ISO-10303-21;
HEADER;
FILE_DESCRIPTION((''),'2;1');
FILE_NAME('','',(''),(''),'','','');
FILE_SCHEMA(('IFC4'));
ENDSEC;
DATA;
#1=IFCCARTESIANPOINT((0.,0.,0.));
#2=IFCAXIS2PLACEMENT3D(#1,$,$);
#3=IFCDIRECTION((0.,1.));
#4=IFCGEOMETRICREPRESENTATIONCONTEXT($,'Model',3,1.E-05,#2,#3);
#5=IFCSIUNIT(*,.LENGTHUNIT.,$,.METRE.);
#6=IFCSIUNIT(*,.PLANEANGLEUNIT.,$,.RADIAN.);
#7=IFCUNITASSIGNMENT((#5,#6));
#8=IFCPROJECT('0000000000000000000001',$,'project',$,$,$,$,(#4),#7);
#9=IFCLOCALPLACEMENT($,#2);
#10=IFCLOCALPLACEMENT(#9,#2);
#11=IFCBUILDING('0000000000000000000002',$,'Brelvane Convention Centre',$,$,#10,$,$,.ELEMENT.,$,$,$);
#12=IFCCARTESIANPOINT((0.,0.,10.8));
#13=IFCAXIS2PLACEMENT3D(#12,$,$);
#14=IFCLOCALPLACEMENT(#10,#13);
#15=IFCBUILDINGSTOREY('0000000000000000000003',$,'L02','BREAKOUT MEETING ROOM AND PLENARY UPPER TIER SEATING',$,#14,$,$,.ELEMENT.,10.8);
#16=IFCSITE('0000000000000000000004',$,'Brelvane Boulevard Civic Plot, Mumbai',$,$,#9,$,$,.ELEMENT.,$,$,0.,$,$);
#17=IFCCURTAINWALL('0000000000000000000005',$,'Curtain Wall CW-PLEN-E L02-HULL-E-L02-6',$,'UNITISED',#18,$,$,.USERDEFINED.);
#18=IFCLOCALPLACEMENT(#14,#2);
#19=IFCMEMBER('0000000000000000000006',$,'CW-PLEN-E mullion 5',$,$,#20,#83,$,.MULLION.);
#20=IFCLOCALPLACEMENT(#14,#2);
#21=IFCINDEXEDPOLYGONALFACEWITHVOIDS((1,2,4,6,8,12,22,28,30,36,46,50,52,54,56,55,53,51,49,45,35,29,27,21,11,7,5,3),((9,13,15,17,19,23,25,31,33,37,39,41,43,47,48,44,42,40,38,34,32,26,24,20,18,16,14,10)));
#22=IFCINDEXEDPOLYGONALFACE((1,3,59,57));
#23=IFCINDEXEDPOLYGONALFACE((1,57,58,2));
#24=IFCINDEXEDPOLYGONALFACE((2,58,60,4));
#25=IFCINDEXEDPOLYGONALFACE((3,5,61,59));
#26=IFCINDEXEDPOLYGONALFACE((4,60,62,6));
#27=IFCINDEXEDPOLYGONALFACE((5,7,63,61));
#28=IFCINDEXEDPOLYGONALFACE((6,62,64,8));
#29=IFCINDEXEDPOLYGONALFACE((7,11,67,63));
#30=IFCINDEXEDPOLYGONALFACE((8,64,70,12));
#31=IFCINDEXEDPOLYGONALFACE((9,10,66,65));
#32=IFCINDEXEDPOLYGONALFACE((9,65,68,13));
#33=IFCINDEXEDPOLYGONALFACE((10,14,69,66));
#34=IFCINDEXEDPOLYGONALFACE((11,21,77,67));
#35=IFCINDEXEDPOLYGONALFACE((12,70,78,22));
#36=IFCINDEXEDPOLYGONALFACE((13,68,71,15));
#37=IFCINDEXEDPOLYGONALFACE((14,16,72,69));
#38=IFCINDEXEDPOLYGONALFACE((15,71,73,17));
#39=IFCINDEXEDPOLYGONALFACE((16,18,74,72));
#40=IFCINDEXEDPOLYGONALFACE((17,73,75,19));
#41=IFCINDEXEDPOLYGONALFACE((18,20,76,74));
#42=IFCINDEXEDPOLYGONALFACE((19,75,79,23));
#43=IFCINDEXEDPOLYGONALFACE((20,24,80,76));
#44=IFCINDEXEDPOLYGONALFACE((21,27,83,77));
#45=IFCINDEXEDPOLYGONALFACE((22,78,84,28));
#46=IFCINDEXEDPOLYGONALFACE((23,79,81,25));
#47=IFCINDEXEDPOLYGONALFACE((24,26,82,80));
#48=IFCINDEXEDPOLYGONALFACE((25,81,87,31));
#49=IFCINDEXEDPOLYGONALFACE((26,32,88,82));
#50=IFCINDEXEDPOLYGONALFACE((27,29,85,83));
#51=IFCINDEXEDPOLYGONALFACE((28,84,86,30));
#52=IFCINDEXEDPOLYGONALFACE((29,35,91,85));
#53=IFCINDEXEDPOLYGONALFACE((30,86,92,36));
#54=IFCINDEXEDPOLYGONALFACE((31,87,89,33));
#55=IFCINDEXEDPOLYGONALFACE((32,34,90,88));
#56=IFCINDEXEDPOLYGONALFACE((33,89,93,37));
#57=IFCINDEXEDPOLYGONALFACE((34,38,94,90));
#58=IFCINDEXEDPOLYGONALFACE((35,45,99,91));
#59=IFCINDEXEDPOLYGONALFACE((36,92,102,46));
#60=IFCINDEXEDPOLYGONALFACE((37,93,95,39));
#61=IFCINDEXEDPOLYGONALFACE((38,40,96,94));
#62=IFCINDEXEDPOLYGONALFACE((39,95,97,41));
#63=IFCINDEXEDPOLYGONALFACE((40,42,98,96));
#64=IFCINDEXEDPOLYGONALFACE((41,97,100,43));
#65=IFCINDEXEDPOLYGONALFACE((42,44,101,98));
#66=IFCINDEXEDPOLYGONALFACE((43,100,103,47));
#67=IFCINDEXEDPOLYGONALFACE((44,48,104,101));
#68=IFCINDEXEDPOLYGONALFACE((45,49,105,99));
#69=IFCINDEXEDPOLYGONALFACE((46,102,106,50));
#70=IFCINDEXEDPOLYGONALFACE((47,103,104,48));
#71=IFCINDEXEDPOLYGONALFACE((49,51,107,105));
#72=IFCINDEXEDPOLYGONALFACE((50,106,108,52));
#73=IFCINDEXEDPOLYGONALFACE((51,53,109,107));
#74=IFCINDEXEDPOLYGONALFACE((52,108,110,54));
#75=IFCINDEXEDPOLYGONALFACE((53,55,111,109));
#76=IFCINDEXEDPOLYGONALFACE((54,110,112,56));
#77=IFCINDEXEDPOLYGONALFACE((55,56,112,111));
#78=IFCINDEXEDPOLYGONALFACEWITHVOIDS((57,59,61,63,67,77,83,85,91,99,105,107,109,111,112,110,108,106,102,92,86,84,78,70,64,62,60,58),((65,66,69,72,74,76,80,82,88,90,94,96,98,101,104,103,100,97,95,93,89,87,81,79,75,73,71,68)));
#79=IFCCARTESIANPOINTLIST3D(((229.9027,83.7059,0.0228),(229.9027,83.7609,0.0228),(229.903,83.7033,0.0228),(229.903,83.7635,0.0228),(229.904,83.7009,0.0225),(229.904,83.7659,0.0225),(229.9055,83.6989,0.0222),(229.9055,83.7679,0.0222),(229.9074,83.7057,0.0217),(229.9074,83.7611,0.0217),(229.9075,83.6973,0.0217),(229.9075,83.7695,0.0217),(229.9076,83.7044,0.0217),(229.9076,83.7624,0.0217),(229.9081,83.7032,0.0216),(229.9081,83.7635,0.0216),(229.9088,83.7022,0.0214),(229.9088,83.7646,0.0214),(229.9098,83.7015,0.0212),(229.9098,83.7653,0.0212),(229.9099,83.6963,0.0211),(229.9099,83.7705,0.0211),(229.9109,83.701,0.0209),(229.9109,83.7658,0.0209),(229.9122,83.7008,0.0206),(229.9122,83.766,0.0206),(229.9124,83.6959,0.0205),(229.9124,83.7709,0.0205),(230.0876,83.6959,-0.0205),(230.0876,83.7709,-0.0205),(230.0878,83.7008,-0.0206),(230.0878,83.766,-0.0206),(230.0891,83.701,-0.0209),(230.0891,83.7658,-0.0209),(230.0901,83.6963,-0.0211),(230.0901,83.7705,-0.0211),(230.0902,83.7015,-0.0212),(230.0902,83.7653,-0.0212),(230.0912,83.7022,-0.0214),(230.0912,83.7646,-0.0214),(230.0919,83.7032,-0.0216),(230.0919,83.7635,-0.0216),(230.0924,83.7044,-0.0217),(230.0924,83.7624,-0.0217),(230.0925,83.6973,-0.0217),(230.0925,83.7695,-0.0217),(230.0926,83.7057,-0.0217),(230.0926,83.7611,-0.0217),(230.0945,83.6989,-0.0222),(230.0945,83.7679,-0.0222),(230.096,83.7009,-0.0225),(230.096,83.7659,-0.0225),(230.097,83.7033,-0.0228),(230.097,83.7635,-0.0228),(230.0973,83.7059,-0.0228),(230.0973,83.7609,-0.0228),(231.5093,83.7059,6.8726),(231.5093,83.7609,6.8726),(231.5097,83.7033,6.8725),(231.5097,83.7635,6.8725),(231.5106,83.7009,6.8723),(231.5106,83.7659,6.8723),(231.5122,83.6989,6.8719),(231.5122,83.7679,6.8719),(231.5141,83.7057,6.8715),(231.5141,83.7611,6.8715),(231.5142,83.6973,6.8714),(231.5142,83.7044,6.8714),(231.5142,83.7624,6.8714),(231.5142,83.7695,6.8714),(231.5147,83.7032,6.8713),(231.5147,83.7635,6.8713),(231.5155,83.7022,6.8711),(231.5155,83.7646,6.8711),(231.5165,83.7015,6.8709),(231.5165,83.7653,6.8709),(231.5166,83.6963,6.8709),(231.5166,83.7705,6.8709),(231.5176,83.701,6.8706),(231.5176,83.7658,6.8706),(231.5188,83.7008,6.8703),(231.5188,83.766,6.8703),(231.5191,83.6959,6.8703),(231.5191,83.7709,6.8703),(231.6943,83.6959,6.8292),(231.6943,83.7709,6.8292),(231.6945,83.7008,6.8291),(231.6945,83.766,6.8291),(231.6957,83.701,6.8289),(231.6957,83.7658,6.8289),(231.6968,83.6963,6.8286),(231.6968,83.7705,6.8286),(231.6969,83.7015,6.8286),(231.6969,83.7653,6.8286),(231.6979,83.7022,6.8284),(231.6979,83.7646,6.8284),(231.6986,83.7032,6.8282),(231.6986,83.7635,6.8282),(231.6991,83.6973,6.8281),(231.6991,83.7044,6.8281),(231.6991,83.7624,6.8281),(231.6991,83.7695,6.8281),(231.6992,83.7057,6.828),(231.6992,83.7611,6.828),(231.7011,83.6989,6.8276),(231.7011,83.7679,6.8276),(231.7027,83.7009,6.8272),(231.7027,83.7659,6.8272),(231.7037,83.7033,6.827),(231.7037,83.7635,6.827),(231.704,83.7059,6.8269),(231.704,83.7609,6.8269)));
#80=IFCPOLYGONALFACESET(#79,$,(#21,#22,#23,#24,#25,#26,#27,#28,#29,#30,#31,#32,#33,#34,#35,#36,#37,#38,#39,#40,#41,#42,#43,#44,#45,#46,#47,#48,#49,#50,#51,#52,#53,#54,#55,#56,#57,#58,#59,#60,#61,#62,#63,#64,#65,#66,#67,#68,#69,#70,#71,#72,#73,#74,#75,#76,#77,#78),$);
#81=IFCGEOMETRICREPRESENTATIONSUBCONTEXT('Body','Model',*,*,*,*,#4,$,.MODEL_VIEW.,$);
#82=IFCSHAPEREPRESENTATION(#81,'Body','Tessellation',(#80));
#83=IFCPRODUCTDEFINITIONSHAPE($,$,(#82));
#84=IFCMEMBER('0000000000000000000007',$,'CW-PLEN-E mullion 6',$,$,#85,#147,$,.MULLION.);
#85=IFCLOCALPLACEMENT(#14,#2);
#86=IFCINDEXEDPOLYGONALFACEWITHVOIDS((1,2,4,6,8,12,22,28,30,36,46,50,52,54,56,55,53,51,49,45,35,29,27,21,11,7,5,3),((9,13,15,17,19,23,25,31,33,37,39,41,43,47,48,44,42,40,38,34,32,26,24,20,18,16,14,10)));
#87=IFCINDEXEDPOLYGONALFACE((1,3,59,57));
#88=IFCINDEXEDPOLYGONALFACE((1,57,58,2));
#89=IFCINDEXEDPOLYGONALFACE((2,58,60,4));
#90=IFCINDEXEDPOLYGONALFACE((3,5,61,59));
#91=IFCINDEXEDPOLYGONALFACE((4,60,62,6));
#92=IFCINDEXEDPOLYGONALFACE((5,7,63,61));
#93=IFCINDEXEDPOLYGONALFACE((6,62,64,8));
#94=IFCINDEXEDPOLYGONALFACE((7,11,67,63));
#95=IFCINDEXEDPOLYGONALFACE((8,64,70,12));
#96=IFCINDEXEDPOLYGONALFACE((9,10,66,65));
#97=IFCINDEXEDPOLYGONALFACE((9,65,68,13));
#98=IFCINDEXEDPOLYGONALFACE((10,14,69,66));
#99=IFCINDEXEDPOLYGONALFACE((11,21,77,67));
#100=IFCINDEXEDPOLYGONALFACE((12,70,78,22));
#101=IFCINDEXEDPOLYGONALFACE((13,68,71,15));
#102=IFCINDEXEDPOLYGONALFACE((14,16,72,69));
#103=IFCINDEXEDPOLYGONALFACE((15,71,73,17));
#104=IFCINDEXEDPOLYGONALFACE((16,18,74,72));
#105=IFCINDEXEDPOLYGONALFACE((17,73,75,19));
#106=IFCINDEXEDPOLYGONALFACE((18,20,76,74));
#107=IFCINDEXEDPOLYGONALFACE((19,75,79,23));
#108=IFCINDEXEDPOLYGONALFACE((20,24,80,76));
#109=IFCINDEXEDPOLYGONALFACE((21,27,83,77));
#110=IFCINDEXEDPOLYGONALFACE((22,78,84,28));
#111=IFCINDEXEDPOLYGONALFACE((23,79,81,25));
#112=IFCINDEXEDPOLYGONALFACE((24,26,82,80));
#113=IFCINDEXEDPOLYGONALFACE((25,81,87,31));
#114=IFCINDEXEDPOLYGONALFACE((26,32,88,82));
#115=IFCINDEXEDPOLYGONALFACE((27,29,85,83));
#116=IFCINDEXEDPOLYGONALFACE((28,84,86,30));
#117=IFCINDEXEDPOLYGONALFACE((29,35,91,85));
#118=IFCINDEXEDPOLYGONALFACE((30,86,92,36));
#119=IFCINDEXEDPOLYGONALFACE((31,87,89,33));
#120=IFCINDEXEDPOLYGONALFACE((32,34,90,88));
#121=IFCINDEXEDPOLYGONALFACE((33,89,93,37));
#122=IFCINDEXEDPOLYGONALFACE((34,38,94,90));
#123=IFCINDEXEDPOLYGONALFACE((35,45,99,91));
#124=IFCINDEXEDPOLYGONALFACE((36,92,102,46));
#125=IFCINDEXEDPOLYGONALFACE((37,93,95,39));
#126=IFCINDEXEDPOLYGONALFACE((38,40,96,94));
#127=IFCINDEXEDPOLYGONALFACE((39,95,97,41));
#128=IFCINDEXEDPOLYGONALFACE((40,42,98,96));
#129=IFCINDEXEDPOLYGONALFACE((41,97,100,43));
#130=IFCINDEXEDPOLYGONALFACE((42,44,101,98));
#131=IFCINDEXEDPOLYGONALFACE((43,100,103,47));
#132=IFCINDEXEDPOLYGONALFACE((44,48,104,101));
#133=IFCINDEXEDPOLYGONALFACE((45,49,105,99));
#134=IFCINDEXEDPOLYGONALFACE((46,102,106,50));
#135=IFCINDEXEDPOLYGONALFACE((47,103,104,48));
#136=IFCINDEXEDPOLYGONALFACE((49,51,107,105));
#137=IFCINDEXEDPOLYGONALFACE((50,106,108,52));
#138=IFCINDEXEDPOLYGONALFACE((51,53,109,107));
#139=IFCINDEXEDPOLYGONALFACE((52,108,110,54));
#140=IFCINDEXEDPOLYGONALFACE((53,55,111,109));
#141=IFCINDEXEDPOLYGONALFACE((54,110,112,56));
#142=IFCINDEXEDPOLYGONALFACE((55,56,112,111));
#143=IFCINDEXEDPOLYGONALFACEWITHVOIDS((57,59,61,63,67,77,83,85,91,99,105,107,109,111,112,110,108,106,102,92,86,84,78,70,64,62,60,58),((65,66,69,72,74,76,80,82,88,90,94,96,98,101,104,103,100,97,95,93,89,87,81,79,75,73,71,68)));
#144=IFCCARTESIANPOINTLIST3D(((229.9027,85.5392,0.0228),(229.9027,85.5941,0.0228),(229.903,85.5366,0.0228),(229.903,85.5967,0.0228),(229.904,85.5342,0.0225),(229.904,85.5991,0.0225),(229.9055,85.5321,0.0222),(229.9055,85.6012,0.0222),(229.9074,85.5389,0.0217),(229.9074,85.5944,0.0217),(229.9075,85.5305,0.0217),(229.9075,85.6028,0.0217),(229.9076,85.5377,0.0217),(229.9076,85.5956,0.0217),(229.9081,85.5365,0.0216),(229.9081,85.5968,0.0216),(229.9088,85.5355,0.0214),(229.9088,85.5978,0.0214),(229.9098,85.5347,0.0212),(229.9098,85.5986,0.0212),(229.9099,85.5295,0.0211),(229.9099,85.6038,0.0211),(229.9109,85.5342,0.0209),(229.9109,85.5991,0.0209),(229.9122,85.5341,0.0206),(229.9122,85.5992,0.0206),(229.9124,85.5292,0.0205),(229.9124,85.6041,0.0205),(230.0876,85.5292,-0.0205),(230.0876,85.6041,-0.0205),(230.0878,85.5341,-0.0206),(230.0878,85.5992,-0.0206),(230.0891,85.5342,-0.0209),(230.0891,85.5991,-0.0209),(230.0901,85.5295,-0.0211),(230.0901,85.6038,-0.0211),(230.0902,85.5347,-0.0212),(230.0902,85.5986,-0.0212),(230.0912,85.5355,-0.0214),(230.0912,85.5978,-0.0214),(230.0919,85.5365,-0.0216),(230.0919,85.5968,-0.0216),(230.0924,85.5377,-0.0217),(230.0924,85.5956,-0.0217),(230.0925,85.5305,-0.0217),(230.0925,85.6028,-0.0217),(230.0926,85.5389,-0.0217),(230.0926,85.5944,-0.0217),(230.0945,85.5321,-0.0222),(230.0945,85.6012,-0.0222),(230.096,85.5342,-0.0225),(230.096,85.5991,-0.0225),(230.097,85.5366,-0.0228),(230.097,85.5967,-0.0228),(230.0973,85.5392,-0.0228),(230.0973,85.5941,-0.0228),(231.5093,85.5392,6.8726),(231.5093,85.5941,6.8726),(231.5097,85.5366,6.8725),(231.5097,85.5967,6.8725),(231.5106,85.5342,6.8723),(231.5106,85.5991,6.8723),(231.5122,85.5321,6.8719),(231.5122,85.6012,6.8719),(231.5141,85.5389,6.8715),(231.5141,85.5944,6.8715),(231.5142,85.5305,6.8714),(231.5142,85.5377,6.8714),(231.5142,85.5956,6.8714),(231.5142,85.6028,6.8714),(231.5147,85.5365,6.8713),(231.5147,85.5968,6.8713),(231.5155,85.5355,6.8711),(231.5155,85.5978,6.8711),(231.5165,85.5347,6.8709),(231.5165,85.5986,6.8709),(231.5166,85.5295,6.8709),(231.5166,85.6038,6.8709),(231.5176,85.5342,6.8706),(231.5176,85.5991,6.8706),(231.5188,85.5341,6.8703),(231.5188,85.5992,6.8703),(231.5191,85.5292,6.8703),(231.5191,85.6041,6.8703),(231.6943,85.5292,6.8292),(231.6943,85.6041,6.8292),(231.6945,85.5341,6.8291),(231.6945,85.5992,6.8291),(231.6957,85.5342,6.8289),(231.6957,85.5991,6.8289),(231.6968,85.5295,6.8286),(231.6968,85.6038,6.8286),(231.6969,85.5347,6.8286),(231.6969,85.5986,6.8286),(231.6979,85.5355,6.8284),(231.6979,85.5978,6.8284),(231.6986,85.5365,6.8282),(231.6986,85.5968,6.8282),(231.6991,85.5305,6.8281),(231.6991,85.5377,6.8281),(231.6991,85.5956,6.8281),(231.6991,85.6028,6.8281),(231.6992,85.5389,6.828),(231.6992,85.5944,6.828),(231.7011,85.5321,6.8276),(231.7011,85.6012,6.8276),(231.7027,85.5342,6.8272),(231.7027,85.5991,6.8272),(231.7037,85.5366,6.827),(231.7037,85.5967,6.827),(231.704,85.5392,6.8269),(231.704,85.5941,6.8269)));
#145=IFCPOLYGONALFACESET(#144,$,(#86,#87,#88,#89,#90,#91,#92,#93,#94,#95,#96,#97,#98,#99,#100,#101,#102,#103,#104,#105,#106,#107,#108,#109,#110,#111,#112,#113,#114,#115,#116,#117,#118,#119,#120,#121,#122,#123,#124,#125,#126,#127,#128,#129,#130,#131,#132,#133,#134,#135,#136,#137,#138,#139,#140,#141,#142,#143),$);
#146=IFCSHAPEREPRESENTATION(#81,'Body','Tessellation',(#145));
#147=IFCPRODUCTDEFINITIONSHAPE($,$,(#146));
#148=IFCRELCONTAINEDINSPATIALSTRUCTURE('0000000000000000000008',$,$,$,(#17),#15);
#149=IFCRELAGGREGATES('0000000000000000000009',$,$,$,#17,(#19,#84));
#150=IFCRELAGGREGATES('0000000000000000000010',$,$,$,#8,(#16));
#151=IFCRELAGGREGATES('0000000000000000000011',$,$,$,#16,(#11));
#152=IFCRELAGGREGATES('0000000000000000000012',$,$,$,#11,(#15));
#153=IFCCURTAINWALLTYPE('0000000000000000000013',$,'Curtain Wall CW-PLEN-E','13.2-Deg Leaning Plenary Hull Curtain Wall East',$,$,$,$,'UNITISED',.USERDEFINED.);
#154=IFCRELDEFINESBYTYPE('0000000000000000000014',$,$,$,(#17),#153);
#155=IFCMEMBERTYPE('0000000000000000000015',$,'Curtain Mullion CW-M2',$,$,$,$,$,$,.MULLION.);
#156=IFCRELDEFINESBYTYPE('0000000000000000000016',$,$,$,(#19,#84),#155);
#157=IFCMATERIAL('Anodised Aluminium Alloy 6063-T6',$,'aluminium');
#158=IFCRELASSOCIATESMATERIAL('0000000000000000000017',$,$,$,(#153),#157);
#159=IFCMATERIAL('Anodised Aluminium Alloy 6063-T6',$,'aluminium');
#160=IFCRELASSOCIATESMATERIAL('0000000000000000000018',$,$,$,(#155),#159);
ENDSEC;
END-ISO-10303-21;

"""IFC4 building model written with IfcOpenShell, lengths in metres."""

from ifc_helpers import new_model, si_unit, direction, frame, origin, origin_2d, place, context, subcontext, project, spatial, hollow_rectangle, extrude, material, material_profile, profile_set, type_object, element, aggregate, save


model = new_model("IFC4")

# Units and contexts
model_context = context("Model", 3, precision=1e-05, world=origin(), true_north=direction((0.0, 1.0)))
body_context = subcontext(model_context, "Body", "Model", "MODEL_VIEW")
ifc_project = project(units=[si_unit("LENGTHUNIT", "METRE"), si_unit("PLANEANGLEUNIT", "RADIAN")], contexts=[model_context])

# Site, building, storey
site_placement = place(None, origin())
site = spatial("IfcSite", under=ifc_project, at=site_placement, Name="Brelvane Boulevard Civic Plot, Mumbai", CompositionType="ELEMENT", RefElevation=0.0)
building_placement = place(site_placement, origin())
building = spatial("IfcBuilding", under=site, at=building_placement, Name="Brelvane Convention Centre", CompositionType="ELEMENT")
storey_placement = place(building_placement, frame((0.0, 0.0, 10.8)))
storey = spatial("IfcBuildingStorey", under=building, at=storey_placement, Name="L02", Description="BREAKOUT MEETING ROOM AND PLENARY UPPER TIER SEATING", CompositionType="ELEMENT", Elevation=10.8)

# Curtain wall, members
ifc_material_1 = material(Name="Anodised Aluminium Alloy 6063-T6", Category="aluminium")
curtain_wall_type = type_object("IfcCurtainWallType", Name="Curtain Wall CW-PLEN-E", Description="13.2-Deg Leaning Plenary Hull Curtain Wall East", ElementType="UNITISED", PredefinedType="USERDEFINED", material=ifc_material_1)
ifc_material_2 = material(Name="Anodised Aluminium Alloy 6063-T6", Category="aluminium")
ifc_material_profile_1 = material_profile(ifc_material_2, hollow_rectangle(XDim=0.075, YDim=0.2, WallThickness=0.0049, InnerFilletRadius=0.0049, OuterFilletRadius=0.01, at=origin_2d()), Name="ALU-M 200x75x5.0")
ifc_profile_set_1 = profile_set([ifc_material_profile_1], Name="Anodised Aluminium Alloy 6063-T6")
member_type_1 = type_object("IfcMemberType", Name="Curtain Mullion CW-M2", PredefinedType="MULLION", material=ifc_profile_set_1)
curtain_wall_1_placement = place(storey_placement, origin())
curtain_wall_1 = element("IfcCurtainWall", 1, at=curtain_wall_1_placement, inside=storey, type_object=curtain_wall_type, Name="Curtain Wall CW-PLEN-E L02-HULL-E-L02-6", ObjectType="UNITISED", PredefinedType="USERDEFINED")
member_1_placement = place(storey_placement, frame((230.0, 83.7334, 0.0), z_axis=(0.22836, 0.0, 0.973577), x_axis=(0.0, 1.0, 0.0)))
member_1 = element("IfcMember", 2, at=member_1_placement, type_object=member_type_1, Name="CW-PLEN-E mullion 5", PredefinedType="MULLION", context=body_context, shape_type="SweptSolid", body=[
    extrude(hollow_rectangle(XDim=0.075, YDim=0.2, WallThickness=0.0049, InnerFilletRadius=0.0049, OuterFilletRadius=0.01, at=origin_2d()), origin(), (0.0, 0.0, 1.0), 7.0356),
])
member_2_placement = place(storey_placement, frame((230.0, 85.5667, 0.0), z_axis=(0.22836, 0.0, 0.973577), x_axis=(0.0, 1.0, 0.0)))
member_2 = element("IfcMember", 3, at=member_2_placement, type_object=member_type_1, Name="CW-PLEN-E mullion 6", PredefinedType="MULLION", context=body_context, shape_type="SweptSolid", body=[
    extrude(hollow_rectangle(XDim=0.075, YDim=0.2, WallThickness=0.0049, InnerFilletRadius=0.0049, OuterFilletRadius=0.01, at=origin_2d()), origin(), (0.0, 0.0, 1.0), 7.0356),
])

aggregate(curtain_wall_1, [member_1, member_2])

save(model, "model.ifc")
